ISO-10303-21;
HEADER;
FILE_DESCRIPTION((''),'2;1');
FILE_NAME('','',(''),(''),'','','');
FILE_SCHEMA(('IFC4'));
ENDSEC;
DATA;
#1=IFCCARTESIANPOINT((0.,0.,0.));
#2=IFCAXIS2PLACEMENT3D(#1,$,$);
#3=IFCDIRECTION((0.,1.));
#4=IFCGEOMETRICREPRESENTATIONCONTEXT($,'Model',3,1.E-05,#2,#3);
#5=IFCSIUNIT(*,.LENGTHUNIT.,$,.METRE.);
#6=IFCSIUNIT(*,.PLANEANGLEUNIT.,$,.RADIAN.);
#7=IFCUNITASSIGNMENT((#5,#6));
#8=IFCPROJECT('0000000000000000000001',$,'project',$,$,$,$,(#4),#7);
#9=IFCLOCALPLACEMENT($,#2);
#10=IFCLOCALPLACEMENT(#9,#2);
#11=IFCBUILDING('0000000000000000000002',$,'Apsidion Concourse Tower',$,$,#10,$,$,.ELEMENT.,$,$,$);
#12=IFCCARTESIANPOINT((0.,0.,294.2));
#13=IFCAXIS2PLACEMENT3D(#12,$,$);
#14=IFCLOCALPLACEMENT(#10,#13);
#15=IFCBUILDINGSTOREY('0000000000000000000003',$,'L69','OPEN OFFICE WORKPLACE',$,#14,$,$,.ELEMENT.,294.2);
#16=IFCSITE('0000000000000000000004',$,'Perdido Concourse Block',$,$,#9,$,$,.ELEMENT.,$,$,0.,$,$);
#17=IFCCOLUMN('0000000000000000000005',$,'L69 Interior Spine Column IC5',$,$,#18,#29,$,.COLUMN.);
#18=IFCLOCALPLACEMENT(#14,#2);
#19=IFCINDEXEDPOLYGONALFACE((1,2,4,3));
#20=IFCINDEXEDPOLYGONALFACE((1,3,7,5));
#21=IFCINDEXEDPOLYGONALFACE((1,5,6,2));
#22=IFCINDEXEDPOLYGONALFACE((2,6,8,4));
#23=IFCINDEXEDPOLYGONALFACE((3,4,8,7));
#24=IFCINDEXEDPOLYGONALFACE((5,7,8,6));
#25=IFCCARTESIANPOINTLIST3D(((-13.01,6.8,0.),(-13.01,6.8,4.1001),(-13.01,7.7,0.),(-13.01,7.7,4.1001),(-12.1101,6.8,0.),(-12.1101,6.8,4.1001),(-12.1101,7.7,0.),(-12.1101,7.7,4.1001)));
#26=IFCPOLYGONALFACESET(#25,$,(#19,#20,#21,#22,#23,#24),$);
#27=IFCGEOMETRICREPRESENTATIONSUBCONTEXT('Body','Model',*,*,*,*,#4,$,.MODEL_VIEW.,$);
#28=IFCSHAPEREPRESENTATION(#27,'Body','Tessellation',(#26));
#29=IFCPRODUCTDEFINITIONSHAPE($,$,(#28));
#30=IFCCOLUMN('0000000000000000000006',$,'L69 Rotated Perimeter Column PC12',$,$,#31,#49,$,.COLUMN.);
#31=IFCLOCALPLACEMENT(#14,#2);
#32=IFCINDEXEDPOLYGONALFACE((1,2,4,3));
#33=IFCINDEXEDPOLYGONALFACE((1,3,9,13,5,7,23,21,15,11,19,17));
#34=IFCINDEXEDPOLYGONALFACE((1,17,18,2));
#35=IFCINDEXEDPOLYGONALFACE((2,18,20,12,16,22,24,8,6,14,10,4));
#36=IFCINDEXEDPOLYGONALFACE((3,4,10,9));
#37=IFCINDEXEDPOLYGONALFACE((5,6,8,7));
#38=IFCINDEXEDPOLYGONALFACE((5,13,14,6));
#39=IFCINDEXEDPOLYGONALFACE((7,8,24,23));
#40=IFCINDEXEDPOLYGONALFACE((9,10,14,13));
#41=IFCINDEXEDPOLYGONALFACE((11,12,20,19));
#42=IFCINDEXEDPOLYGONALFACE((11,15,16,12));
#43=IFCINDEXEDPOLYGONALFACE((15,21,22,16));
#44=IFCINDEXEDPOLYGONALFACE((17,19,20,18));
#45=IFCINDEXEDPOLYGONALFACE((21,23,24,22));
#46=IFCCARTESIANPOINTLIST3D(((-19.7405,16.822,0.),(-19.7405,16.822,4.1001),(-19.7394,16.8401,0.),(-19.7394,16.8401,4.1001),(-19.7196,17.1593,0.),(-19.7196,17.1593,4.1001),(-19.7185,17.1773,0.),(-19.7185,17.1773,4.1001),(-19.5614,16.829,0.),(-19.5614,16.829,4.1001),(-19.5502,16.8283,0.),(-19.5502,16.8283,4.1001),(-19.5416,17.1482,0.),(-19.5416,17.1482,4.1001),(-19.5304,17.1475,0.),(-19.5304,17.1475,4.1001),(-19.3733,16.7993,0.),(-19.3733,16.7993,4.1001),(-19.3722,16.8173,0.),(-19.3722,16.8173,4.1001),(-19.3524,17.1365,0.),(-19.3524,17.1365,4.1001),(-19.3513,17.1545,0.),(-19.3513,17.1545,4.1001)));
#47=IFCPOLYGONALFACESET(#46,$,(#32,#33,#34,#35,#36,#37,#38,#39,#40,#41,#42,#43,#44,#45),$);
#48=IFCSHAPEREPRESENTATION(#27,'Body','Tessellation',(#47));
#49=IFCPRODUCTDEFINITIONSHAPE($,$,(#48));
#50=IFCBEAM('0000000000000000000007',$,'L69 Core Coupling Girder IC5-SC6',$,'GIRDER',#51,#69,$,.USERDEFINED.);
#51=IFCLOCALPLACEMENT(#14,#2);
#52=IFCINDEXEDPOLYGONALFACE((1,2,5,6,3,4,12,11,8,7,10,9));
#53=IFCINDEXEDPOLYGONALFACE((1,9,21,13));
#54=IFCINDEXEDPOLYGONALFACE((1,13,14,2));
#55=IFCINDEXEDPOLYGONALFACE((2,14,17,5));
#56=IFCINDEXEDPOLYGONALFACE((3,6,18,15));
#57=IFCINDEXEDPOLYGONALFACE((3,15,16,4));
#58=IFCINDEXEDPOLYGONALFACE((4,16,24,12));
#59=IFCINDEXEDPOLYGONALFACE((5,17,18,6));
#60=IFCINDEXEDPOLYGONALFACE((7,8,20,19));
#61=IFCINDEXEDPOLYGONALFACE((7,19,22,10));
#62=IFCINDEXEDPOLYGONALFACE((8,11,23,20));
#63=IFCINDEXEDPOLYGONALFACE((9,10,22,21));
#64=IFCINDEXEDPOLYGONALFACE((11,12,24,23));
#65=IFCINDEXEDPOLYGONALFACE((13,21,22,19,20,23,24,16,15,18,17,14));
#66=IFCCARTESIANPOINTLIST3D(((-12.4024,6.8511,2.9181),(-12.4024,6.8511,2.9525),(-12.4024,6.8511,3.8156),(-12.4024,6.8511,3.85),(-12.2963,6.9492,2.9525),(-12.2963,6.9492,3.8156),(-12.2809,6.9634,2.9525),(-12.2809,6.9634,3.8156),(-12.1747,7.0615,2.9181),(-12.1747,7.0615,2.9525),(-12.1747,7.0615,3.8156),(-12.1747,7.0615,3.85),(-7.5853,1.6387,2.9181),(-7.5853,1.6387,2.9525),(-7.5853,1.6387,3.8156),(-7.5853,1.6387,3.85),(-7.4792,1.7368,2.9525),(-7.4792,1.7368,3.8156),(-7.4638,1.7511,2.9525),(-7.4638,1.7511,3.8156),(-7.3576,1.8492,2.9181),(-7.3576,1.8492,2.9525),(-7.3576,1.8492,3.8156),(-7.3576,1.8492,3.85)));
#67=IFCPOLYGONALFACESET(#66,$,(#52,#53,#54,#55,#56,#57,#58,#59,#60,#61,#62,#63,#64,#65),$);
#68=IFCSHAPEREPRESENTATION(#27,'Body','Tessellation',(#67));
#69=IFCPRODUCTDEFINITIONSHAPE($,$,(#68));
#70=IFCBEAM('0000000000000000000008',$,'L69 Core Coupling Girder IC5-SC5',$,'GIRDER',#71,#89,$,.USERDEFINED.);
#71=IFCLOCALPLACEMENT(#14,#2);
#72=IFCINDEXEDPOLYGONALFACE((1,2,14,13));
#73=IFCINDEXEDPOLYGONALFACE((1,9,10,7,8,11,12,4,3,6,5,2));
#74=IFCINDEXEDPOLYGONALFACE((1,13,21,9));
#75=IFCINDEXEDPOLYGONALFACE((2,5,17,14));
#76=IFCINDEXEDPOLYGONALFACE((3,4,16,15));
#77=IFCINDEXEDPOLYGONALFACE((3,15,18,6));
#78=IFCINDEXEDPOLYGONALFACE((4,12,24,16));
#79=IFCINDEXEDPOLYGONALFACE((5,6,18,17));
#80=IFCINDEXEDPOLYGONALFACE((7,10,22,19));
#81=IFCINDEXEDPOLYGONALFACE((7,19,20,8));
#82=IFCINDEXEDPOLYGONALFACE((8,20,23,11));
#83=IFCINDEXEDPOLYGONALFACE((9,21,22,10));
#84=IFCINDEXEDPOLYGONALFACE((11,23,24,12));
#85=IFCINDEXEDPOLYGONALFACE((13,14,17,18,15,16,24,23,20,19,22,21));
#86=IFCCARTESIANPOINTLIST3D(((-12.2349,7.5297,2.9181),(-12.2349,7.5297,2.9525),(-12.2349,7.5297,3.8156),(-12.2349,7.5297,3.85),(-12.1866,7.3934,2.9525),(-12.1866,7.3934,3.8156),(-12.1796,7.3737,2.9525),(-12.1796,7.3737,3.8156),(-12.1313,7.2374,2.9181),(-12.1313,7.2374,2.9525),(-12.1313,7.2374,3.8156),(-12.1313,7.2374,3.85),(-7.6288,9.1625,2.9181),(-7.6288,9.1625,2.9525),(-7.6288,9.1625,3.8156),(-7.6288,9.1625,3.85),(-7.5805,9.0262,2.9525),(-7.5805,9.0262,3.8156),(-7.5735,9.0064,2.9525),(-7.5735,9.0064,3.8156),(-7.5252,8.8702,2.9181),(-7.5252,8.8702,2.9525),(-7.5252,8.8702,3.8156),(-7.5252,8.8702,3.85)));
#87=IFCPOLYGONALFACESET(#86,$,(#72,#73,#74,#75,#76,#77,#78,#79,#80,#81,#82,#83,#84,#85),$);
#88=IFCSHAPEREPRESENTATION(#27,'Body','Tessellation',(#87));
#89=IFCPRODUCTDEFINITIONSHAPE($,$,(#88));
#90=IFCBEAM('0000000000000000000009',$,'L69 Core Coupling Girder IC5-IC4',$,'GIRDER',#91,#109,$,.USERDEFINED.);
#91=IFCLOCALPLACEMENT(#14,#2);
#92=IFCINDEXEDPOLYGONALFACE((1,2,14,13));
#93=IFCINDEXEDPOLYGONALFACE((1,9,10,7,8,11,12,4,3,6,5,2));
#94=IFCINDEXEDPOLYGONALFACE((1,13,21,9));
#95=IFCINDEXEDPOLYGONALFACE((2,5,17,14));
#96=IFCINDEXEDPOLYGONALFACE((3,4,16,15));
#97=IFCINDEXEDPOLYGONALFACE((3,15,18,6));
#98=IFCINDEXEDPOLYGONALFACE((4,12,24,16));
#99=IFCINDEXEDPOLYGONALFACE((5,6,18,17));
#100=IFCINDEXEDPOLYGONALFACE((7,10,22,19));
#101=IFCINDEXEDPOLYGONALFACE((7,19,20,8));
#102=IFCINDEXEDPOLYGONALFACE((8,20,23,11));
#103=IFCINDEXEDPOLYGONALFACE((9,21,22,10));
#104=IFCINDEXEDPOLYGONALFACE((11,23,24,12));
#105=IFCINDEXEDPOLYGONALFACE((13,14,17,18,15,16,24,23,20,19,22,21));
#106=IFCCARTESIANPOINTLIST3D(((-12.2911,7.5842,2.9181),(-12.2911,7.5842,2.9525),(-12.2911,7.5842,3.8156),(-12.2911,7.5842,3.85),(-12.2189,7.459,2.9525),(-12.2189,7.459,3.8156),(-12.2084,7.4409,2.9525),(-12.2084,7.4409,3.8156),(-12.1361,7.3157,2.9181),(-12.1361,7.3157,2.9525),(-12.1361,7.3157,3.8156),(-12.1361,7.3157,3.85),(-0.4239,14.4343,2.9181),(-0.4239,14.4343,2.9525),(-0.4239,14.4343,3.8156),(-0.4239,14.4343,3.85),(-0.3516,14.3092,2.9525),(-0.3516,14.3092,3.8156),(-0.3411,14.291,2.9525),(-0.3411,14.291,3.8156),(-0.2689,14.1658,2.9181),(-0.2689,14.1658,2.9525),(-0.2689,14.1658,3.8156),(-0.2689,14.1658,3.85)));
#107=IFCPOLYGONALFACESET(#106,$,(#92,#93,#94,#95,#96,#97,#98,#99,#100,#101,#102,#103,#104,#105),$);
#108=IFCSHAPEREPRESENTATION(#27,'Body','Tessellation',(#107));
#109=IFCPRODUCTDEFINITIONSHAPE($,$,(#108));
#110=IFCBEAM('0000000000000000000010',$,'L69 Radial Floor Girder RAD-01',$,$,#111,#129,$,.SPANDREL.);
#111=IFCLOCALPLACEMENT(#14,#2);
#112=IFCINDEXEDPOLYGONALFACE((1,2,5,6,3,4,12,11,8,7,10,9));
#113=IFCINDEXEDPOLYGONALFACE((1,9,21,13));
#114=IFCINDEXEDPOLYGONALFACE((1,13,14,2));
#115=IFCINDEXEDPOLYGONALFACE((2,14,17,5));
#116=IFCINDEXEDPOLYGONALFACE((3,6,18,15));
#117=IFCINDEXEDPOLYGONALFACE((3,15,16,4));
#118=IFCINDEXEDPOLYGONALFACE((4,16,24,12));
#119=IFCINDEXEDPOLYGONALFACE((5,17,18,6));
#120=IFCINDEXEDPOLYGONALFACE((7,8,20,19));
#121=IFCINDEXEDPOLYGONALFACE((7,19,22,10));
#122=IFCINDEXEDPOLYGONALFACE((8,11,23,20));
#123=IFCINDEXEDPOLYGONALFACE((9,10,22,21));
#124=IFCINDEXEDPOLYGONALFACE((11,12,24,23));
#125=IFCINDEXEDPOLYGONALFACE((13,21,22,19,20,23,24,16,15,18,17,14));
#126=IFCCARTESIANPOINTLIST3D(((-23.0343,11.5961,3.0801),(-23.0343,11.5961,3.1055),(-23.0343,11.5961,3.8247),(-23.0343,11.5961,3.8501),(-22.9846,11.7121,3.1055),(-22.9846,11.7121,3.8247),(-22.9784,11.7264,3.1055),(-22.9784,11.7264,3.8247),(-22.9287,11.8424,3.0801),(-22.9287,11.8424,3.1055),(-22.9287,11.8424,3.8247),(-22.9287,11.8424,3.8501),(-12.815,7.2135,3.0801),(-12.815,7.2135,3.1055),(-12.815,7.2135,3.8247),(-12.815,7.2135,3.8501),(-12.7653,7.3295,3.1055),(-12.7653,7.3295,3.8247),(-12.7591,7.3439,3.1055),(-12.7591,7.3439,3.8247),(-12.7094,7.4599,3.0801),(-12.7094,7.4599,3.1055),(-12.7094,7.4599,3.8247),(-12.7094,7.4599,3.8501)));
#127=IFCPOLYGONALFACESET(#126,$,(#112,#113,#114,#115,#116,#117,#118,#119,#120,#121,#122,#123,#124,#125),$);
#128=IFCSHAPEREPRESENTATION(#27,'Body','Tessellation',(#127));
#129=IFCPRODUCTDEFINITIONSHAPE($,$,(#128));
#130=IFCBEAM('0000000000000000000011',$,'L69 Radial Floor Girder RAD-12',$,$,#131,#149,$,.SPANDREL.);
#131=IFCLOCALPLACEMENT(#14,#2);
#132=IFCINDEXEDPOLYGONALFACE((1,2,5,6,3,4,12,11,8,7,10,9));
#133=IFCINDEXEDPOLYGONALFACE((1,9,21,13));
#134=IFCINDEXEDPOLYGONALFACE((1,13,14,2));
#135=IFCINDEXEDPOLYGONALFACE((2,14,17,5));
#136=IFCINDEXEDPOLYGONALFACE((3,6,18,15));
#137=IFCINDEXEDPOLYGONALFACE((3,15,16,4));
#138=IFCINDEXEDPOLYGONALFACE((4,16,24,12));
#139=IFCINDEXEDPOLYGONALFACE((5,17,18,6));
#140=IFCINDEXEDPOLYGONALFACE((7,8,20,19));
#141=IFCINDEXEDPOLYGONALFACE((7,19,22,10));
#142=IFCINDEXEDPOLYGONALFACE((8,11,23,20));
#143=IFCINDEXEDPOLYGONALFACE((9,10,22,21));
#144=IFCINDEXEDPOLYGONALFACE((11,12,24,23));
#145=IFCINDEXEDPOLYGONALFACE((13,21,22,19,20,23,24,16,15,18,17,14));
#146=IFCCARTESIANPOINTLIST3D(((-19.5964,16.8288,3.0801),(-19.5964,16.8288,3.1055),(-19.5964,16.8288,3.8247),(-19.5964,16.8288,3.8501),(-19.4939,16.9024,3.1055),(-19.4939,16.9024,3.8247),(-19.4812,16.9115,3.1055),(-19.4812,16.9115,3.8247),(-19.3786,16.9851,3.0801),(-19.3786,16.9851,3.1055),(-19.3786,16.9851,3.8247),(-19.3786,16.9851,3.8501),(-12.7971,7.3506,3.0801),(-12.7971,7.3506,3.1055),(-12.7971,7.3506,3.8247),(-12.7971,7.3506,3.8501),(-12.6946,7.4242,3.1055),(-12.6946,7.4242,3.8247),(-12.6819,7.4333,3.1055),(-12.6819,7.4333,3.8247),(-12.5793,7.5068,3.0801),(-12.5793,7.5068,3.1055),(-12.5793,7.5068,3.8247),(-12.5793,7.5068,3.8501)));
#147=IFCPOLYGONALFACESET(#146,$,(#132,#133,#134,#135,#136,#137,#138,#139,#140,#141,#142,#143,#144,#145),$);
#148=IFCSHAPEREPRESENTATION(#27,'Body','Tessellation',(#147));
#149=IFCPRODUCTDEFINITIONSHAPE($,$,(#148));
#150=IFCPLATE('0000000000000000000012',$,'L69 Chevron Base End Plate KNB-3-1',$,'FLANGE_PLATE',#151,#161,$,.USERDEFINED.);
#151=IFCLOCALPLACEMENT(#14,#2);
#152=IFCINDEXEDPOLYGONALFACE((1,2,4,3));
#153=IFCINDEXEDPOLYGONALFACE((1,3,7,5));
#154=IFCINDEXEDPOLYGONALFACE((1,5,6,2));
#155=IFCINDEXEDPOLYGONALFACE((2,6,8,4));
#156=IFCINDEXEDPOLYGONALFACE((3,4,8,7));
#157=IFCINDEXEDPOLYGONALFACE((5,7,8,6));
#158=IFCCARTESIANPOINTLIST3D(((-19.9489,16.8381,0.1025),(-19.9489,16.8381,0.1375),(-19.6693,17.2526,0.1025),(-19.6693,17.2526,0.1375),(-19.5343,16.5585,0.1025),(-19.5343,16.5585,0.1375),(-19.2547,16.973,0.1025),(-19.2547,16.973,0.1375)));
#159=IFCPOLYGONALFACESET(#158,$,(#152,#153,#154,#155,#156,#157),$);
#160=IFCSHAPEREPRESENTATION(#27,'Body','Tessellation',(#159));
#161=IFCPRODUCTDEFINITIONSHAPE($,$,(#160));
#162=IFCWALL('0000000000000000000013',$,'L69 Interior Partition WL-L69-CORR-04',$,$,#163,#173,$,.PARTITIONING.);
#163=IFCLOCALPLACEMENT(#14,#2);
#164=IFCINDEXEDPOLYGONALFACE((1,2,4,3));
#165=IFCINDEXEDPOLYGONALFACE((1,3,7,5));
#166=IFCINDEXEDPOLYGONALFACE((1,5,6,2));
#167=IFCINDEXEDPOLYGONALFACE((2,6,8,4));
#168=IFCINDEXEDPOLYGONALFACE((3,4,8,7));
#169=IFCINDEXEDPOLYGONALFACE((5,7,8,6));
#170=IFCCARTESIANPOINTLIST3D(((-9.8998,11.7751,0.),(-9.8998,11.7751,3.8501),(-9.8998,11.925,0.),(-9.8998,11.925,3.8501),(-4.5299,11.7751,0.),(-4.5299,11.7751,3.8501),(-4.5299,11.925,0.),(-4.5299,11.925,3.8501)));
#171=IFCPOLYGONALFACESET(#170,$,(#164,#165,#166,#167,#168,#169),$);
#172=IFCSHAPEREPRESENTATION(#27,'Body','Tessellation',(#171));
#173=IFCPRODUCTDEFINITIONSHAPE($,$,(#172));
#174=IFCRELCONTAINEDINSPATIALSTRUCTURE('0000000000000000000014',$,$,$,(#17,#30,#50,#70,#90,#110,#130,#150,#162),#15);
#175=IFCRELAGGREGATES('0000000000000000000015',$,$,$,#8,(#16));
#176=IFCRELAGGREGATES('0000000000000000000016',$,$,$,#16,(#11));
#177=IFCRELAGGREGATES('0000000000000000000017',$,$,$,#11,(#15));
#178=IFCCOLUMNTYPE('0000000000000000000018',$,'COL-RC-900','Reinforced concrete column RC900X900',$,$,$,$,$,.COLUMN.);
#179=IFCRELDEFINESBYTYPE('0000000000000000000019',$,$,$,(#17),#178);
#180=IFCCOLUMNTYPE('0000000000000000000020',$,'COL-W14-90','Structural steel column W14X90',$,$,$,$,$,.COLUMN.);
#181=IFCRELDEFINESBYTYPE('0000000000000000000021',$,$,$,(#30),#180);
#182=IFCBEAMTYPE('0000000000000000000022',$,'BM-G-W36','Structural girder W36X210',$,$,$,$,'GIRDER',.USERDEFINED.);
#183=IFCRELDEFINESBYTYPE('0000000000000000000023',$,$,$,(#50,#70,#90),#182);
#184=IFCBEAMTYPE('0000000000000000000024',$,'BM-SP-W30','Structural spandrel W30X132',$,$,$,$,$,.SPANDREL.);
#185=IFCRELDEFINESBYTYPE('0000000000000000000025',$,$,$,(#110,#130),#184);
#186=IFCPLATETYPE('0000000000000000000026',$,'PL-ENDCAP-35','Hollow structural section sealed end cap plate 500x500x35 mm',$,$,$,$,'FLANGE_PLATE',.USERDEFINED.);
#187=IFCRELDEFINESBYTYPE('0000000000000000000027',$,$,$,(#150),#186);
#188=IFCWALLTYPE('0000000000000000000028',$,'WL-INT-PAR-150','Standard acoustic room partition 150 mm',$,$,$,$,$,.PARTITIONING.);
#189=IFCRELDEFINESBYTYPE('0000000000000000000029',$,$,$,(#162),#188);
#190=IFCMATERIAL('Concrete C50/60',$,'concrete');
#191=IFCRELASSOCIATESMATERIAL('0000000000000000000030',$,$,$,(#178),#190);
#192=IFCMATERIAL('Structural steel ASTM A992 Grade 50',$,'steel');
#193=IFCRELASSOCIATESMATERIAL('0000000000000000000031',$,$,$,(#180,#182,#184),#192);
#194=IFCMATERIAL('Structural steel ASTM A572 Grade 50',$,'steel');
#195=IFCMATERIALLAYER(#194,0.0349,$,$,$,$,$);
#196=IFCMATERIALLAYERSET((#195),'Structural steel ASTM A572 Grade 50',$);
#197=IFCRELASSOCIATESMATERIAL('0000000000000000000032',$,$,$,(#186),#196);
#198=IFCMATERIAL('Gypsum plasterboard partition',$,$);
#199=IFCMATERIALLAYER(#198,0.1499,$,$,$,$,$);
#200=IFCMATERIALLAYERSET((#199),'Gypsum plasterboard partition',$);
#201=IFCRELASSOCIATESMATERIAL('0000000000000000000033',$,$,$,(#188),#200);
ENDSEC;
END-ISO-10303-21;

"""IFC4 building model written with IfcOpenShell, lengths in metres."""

from ifc_helpers import new_model, si_unit, direction, frame, frame_2d, origin, origin_2d, place, context, subcontext, project, spatial, rectangle, i_section, extrude, material, layer, layer_set, material_profile, profile_set, type_object, element, save


model = new_model("IFC4")

# Units and contexts
model_context = context("Model", 3, precision=1e-05, world=origin(), true_north=direction((0.0, 1.0)))
body_context = subcontext(model_context, "Body", "Model", "MODEL_VIEW")
ifc_project = project(units=[si_unit("LENGTHUNIT", "METRE"), si_unit("PLANEANGLEUNIT", "RADIAN")], contexts=[model_context])

# Site, building, storey
site_placement = place(None, origin())
site = spatial("IfcSite", under=ifc_project, at=site_placement, Name="Perdido Concourse Block", CompositionType="ELEMENT", RefElevation=0.0)
building_placement = place(site_placement, origin())
building = spatial("IfcBuilding", under=site, at=building_placement, Name="Apsidion Concourse Tower", CompositionType="ELEMENT")
storey_placement = place(building_placement, frame((0.0, 0.0, 294.2)))
storey = spatial("IfcBuildingStorey", under=building, at=storey_placement, Name="L69", Description="OPEN OFFICE WORKPLACE", CompositionType="ELEMENT", Elevation=294.2)

# Columns
ifc_material_1 = material(Name="Concrete C50/60", Category="concrete")
ifc_material_profile_1 = material_profile(ifc_material_1, rectangle(XDim=0.8999, YDim=0.8999, at=origin_2d()), Name="RC 900x900")
ifc_profile_set_1 = profile_set([ifc_material_profile_1], Name="Concrete C50/60")
column_type_1 = type_object("IfcColumnType", Name="COL-RC-900", Description="Reinforced concrete column RC900X900", PredefinedType="COLUMN", material=ifc_profile_set_1)
column_1_placement = place(storey_placement, frame((-12.5601, 7.25, 0.0), z_axis=(0.0, 0.0, 1.0), x_axis=(1.0, 0.0, 0.0)))
element("IfcColumn", 1, at=column_1_placement, inside=storey, type_object=column_type_1, Name="L69 Interior Spine Column IC5", PredefinedType="COLUMN", context=body_context, shape_type="SweptSolid", body=[
    extrude(rectangle(XDim=0.8999, YDim=0.8999, at=origin_2d()), origin(), (0.0, 0.0, 1.0), 4.1001),
])
ifc_material_2 = material(Name="Structural steel ASTM A992 Grade 50", Category="steel")
ifc_material_profile_2 = material_profile(ifc_material_2, i_section(OverallWidth=0.3679, OverallDepth=0.356, WebThickness=0.0112, FlangeThickness=0.0181, at=origin_2d()), Name="W14X90")
ifc_profile_set_2 = profile_set([ifc_material_profile_2], Name="Structural steel ASTM A992 Grade 50")
column_type_2 = type_object("IfcColumnType", Name="COL-W14-90", Description="Structural steel column W14X90", PredefinedType="COLUMN", material=ifc_profile_set_2)
column_2_placement = place(storey_placement, frame((-19.5459, 16.9883, 0.0), z_axis=(0.0, 0.0, 1.0), x_axis=(-0.998081, 0.06192, 0.0)))
element("IfcColumn", 2, at=column_2_placement, inside=storey, type_object=column_type_2, Name="L69 Rotated Perimeter Column PC12", PredefinedType="COLUMN", context=body_context, shape_type="SweptSolid", body=[
    extrude(i_section(OverallWidth=0.3679, OverallDepth=0.356, WebThickness=0.0112, FlangeThickness=0.0181, at=origin_2d()), origin(), (0.0, 0.0, 1.0), 4.1001),
])

# Beams
ifc_material_profile_3 = material_profile(ifc_material_2, i_section(OverallWidth=0.3101, OverallDepth=0.9319, WebThickness=0.021, FlangeThickness=0.0344, at=origin_2d()), Name="W36X210")
ifc_profile_set_3 = profile_set([ifc_material_profile_3], Name="Structural steel ASTM A992 Grade 50")
beam_type_1 = type_object("IfcBeamType", Name="BM-G-W36", Description="Structural girder W36X210", ElementType="GIRDER", PredefinedType="USERDEFINED", material=ifc_profile_set_3)
beam_1_placement = place(storey_placement, frame((-12.2886, 6.9563, 3.384), z_axis=(0.678713, -0.734404, 0.0), x_axis=(0.734404, 0.678713, 0.0)))
element("IfcBeam", 3, at=beam_1_placement, inside=storey, type_object=beam_type_1, Name="L69 Core Coupling Girder IC5-SC6", ObjectType="GIRDER", PredefinedType="USERDEFINED", context=body_context, shape_type="SweptSolid", body=[
    extrude(i_section(OverallWidth=0.3101, OverallDepth=0.9319, WebThickness=0.021, FlangeThickness=0.0344, at=origin_2d()), origin(), (0.0, 0.0, 1.0), 7.0974),
])
beam_2_placement = place(storey_placement, frame((-12.1831, 7.3835, 3.384), z_axis=(0.942534, 0.334111, 0.0), x_axis=(-0.334111, 0.942534, 0.0)))
element("IfcBeam", 4, at=beam_2_placement, inside=storey, type_object=beam_type_1, Name="L69 Core Coupling Girder IC5-SC5", ObjectType="GIRDER", PredefinedType="USERDEFINED", context=body_context, shape_type="SweptSolid", body=[
    extrude(i_section(OverallWidth=0.3101, OverallDepth=0.9319, WebThickness=0.021, FlangeThickness=0.0344, at=origin_2d()), origin(), (0.0, 0.0, 1.0), 4.887),
])
beam_3_placement = place(storey_placement, frame((-12.2136, 7.45, 3.384), z_axis=(0.86607, 0.499922, 0.0), x_axis=(-0.499922, 0.86607, 0.0)))
element("IfcBeam", 5, at=beam_3_placement, inside=storey, type_object=beam_type_1, Name="L69 Core Coupling Girder IC5-IC4", ObjectType="GIRDER", PredefinedType="USERDEFINED", context=body_context, shape_type="SweptSolid", body=[
    extrude(i_section(OverallWidth=0.3101, OverallDepth=0.9319, WebThickness=0.021, FlangeThickness=0.0344, at=origin_2d()), origin(), (0.0, 0.0, 1.0), 13.7024),
])
ifc_material_profile_4 = material_profile(ifc_material_2, i_section(OverallWidth=0.2681, OverallDepth=0.77, WebThickness=0.0156, FlangeThickness=0.0254, at=origin_2d()), Name="W30X132")
ifc_profile_set_4 = profile_set([ifc_material_profile_4], Name="Structural steel ASTM A992 Grade 50")
beam_type_2 = type_object("IfcBeamType", Name="BM-SP-W30", Description="Structural spandrel W30X132", PredefinedType="SPANDREL", material=ifc_profile_set_4)
beam_4_placement = place(storey_placement, frame((-12.7622, 7.3367, 3.4651), z_axis=(-0.919051, 0.394139, 0.0), x_axis=(-0.394139, -0.919051, 0.0)))
element("IfcBeam", 6, at=beam_4_placement, inside=storey, type_object=beam_type_2, Name="L69 Radial Floor Girder RAD-01", PredefinedType="SPANDREL", context=body_context, shape_type="SweptSolid", body=[
    extrude(i_section(OverallWidth=0.2681, OverallDepth=0.77, WebThickness=0.0156, FlangeThickness=0.0254, at=origin_2d()), origin(), (0.0, 0.0, 1.0), 11.1194),
])
beam_5_placement = place(storey_placement, frame((-12.6882, 7.4287, 3.4651), z_axis=(-0.58289, 0.812551, 0.0), x_axis=(-0.812551, -0.58289, 0.0)))
element("IfcBeam", 7, at=beam_5_placement, inside=storey, type_object=beam_type_2, Name="L69 Radial Floor Girder RAD-12", PredefinedType="SPANDREL", context=body_context, shape_type="SweptSolid", body=[
    extrude(i_section(OverallWidth=0.2681, OverallDepth=0.77, WebThickness=0.0156, FlangeThickness=0.0254, at=origin_2d()), origin(), (0.0, 0.0, 1.0), 11.6648),
])

# Plate
ifc_material_3 = material(Name="Structural steel ASTM A572 Grade 50", Category="steel")
ifc_layer_1 = layer(ifc_material_3, 0.0349)
ifc_layer_set_1 = layer_set([ifc_layer_1], Name="Structural steel ASTM A572 Grade 50")
plate_type = type_object("IfcPlateType", Name="PL-ENDCAP-35", Description="Hollow structural section sealed end cap plate 500x500x35 mm", ElementType="FLANGE_PLATE", PredefinedType="USERDEFINED", material=ifc_layer_set_1)
plate_placement = place(storey_placement, frame((-19.6018, 16.9055, 0.1025), z_axis=(0.0, 0.0, 1.0), x_axis=(0.559193, 0.829038, 0.0)))
element("IfcPlate", 8, at=plate_placement, inside=storey, type_object=plate_type, Name="L69 Chevron Base End Plate KNB-3-1", ObjectType="FLANGE_PLATE", PredefinedType="USERDEFINED", context=body_context, shape_type="SweptSolid", body=[
    extrude(rectangle(XDim=0.5, YDim=0.5, at=origin_2d()), origin(), (0.0, 0.0, 1.0), 0.0349),
])

# Wall
ifc_material_4 = material(Name="Gypsum plasterboard partition")
ifc_layer_2 = layer(ifc_material_4, 0.1499)
ifc_layer_set_2 = layer_set([ifc_layer_2], Name="Gypsum plasterboard partition")
wall_type_1 = type_object("IfcWallType", Name="WL-INT-PAR-150", Description="Standard acoustic room partition 150 mm", PredefinedType="PARTITIONING", material=ifc_layer_set_2)
wall_1_placement = place(storey_placement, frame((-9.8999, 11.8501, 0.0), z_axis=(0.0, 0.0, 1.0), x_axis=(1.0, 0.0, 0.0)))
element("IfcWall", 9, at=wall_1_placement, inside=storey, type_object=wall_type_1, Name="L69 Interior Partition WL-L69-CORR-04", PredefinedType="PARTITIONING", context=body_context, shape_type="SweptSolid", body=[
    extrude(rectangle(XDim=5.3699, YDim=0.1499, at=frame_2d((2.6851, 0.0))), origin(), (0.0, 0.0, 1.0), 3.8501),
])

save(model, "model.ifc")
